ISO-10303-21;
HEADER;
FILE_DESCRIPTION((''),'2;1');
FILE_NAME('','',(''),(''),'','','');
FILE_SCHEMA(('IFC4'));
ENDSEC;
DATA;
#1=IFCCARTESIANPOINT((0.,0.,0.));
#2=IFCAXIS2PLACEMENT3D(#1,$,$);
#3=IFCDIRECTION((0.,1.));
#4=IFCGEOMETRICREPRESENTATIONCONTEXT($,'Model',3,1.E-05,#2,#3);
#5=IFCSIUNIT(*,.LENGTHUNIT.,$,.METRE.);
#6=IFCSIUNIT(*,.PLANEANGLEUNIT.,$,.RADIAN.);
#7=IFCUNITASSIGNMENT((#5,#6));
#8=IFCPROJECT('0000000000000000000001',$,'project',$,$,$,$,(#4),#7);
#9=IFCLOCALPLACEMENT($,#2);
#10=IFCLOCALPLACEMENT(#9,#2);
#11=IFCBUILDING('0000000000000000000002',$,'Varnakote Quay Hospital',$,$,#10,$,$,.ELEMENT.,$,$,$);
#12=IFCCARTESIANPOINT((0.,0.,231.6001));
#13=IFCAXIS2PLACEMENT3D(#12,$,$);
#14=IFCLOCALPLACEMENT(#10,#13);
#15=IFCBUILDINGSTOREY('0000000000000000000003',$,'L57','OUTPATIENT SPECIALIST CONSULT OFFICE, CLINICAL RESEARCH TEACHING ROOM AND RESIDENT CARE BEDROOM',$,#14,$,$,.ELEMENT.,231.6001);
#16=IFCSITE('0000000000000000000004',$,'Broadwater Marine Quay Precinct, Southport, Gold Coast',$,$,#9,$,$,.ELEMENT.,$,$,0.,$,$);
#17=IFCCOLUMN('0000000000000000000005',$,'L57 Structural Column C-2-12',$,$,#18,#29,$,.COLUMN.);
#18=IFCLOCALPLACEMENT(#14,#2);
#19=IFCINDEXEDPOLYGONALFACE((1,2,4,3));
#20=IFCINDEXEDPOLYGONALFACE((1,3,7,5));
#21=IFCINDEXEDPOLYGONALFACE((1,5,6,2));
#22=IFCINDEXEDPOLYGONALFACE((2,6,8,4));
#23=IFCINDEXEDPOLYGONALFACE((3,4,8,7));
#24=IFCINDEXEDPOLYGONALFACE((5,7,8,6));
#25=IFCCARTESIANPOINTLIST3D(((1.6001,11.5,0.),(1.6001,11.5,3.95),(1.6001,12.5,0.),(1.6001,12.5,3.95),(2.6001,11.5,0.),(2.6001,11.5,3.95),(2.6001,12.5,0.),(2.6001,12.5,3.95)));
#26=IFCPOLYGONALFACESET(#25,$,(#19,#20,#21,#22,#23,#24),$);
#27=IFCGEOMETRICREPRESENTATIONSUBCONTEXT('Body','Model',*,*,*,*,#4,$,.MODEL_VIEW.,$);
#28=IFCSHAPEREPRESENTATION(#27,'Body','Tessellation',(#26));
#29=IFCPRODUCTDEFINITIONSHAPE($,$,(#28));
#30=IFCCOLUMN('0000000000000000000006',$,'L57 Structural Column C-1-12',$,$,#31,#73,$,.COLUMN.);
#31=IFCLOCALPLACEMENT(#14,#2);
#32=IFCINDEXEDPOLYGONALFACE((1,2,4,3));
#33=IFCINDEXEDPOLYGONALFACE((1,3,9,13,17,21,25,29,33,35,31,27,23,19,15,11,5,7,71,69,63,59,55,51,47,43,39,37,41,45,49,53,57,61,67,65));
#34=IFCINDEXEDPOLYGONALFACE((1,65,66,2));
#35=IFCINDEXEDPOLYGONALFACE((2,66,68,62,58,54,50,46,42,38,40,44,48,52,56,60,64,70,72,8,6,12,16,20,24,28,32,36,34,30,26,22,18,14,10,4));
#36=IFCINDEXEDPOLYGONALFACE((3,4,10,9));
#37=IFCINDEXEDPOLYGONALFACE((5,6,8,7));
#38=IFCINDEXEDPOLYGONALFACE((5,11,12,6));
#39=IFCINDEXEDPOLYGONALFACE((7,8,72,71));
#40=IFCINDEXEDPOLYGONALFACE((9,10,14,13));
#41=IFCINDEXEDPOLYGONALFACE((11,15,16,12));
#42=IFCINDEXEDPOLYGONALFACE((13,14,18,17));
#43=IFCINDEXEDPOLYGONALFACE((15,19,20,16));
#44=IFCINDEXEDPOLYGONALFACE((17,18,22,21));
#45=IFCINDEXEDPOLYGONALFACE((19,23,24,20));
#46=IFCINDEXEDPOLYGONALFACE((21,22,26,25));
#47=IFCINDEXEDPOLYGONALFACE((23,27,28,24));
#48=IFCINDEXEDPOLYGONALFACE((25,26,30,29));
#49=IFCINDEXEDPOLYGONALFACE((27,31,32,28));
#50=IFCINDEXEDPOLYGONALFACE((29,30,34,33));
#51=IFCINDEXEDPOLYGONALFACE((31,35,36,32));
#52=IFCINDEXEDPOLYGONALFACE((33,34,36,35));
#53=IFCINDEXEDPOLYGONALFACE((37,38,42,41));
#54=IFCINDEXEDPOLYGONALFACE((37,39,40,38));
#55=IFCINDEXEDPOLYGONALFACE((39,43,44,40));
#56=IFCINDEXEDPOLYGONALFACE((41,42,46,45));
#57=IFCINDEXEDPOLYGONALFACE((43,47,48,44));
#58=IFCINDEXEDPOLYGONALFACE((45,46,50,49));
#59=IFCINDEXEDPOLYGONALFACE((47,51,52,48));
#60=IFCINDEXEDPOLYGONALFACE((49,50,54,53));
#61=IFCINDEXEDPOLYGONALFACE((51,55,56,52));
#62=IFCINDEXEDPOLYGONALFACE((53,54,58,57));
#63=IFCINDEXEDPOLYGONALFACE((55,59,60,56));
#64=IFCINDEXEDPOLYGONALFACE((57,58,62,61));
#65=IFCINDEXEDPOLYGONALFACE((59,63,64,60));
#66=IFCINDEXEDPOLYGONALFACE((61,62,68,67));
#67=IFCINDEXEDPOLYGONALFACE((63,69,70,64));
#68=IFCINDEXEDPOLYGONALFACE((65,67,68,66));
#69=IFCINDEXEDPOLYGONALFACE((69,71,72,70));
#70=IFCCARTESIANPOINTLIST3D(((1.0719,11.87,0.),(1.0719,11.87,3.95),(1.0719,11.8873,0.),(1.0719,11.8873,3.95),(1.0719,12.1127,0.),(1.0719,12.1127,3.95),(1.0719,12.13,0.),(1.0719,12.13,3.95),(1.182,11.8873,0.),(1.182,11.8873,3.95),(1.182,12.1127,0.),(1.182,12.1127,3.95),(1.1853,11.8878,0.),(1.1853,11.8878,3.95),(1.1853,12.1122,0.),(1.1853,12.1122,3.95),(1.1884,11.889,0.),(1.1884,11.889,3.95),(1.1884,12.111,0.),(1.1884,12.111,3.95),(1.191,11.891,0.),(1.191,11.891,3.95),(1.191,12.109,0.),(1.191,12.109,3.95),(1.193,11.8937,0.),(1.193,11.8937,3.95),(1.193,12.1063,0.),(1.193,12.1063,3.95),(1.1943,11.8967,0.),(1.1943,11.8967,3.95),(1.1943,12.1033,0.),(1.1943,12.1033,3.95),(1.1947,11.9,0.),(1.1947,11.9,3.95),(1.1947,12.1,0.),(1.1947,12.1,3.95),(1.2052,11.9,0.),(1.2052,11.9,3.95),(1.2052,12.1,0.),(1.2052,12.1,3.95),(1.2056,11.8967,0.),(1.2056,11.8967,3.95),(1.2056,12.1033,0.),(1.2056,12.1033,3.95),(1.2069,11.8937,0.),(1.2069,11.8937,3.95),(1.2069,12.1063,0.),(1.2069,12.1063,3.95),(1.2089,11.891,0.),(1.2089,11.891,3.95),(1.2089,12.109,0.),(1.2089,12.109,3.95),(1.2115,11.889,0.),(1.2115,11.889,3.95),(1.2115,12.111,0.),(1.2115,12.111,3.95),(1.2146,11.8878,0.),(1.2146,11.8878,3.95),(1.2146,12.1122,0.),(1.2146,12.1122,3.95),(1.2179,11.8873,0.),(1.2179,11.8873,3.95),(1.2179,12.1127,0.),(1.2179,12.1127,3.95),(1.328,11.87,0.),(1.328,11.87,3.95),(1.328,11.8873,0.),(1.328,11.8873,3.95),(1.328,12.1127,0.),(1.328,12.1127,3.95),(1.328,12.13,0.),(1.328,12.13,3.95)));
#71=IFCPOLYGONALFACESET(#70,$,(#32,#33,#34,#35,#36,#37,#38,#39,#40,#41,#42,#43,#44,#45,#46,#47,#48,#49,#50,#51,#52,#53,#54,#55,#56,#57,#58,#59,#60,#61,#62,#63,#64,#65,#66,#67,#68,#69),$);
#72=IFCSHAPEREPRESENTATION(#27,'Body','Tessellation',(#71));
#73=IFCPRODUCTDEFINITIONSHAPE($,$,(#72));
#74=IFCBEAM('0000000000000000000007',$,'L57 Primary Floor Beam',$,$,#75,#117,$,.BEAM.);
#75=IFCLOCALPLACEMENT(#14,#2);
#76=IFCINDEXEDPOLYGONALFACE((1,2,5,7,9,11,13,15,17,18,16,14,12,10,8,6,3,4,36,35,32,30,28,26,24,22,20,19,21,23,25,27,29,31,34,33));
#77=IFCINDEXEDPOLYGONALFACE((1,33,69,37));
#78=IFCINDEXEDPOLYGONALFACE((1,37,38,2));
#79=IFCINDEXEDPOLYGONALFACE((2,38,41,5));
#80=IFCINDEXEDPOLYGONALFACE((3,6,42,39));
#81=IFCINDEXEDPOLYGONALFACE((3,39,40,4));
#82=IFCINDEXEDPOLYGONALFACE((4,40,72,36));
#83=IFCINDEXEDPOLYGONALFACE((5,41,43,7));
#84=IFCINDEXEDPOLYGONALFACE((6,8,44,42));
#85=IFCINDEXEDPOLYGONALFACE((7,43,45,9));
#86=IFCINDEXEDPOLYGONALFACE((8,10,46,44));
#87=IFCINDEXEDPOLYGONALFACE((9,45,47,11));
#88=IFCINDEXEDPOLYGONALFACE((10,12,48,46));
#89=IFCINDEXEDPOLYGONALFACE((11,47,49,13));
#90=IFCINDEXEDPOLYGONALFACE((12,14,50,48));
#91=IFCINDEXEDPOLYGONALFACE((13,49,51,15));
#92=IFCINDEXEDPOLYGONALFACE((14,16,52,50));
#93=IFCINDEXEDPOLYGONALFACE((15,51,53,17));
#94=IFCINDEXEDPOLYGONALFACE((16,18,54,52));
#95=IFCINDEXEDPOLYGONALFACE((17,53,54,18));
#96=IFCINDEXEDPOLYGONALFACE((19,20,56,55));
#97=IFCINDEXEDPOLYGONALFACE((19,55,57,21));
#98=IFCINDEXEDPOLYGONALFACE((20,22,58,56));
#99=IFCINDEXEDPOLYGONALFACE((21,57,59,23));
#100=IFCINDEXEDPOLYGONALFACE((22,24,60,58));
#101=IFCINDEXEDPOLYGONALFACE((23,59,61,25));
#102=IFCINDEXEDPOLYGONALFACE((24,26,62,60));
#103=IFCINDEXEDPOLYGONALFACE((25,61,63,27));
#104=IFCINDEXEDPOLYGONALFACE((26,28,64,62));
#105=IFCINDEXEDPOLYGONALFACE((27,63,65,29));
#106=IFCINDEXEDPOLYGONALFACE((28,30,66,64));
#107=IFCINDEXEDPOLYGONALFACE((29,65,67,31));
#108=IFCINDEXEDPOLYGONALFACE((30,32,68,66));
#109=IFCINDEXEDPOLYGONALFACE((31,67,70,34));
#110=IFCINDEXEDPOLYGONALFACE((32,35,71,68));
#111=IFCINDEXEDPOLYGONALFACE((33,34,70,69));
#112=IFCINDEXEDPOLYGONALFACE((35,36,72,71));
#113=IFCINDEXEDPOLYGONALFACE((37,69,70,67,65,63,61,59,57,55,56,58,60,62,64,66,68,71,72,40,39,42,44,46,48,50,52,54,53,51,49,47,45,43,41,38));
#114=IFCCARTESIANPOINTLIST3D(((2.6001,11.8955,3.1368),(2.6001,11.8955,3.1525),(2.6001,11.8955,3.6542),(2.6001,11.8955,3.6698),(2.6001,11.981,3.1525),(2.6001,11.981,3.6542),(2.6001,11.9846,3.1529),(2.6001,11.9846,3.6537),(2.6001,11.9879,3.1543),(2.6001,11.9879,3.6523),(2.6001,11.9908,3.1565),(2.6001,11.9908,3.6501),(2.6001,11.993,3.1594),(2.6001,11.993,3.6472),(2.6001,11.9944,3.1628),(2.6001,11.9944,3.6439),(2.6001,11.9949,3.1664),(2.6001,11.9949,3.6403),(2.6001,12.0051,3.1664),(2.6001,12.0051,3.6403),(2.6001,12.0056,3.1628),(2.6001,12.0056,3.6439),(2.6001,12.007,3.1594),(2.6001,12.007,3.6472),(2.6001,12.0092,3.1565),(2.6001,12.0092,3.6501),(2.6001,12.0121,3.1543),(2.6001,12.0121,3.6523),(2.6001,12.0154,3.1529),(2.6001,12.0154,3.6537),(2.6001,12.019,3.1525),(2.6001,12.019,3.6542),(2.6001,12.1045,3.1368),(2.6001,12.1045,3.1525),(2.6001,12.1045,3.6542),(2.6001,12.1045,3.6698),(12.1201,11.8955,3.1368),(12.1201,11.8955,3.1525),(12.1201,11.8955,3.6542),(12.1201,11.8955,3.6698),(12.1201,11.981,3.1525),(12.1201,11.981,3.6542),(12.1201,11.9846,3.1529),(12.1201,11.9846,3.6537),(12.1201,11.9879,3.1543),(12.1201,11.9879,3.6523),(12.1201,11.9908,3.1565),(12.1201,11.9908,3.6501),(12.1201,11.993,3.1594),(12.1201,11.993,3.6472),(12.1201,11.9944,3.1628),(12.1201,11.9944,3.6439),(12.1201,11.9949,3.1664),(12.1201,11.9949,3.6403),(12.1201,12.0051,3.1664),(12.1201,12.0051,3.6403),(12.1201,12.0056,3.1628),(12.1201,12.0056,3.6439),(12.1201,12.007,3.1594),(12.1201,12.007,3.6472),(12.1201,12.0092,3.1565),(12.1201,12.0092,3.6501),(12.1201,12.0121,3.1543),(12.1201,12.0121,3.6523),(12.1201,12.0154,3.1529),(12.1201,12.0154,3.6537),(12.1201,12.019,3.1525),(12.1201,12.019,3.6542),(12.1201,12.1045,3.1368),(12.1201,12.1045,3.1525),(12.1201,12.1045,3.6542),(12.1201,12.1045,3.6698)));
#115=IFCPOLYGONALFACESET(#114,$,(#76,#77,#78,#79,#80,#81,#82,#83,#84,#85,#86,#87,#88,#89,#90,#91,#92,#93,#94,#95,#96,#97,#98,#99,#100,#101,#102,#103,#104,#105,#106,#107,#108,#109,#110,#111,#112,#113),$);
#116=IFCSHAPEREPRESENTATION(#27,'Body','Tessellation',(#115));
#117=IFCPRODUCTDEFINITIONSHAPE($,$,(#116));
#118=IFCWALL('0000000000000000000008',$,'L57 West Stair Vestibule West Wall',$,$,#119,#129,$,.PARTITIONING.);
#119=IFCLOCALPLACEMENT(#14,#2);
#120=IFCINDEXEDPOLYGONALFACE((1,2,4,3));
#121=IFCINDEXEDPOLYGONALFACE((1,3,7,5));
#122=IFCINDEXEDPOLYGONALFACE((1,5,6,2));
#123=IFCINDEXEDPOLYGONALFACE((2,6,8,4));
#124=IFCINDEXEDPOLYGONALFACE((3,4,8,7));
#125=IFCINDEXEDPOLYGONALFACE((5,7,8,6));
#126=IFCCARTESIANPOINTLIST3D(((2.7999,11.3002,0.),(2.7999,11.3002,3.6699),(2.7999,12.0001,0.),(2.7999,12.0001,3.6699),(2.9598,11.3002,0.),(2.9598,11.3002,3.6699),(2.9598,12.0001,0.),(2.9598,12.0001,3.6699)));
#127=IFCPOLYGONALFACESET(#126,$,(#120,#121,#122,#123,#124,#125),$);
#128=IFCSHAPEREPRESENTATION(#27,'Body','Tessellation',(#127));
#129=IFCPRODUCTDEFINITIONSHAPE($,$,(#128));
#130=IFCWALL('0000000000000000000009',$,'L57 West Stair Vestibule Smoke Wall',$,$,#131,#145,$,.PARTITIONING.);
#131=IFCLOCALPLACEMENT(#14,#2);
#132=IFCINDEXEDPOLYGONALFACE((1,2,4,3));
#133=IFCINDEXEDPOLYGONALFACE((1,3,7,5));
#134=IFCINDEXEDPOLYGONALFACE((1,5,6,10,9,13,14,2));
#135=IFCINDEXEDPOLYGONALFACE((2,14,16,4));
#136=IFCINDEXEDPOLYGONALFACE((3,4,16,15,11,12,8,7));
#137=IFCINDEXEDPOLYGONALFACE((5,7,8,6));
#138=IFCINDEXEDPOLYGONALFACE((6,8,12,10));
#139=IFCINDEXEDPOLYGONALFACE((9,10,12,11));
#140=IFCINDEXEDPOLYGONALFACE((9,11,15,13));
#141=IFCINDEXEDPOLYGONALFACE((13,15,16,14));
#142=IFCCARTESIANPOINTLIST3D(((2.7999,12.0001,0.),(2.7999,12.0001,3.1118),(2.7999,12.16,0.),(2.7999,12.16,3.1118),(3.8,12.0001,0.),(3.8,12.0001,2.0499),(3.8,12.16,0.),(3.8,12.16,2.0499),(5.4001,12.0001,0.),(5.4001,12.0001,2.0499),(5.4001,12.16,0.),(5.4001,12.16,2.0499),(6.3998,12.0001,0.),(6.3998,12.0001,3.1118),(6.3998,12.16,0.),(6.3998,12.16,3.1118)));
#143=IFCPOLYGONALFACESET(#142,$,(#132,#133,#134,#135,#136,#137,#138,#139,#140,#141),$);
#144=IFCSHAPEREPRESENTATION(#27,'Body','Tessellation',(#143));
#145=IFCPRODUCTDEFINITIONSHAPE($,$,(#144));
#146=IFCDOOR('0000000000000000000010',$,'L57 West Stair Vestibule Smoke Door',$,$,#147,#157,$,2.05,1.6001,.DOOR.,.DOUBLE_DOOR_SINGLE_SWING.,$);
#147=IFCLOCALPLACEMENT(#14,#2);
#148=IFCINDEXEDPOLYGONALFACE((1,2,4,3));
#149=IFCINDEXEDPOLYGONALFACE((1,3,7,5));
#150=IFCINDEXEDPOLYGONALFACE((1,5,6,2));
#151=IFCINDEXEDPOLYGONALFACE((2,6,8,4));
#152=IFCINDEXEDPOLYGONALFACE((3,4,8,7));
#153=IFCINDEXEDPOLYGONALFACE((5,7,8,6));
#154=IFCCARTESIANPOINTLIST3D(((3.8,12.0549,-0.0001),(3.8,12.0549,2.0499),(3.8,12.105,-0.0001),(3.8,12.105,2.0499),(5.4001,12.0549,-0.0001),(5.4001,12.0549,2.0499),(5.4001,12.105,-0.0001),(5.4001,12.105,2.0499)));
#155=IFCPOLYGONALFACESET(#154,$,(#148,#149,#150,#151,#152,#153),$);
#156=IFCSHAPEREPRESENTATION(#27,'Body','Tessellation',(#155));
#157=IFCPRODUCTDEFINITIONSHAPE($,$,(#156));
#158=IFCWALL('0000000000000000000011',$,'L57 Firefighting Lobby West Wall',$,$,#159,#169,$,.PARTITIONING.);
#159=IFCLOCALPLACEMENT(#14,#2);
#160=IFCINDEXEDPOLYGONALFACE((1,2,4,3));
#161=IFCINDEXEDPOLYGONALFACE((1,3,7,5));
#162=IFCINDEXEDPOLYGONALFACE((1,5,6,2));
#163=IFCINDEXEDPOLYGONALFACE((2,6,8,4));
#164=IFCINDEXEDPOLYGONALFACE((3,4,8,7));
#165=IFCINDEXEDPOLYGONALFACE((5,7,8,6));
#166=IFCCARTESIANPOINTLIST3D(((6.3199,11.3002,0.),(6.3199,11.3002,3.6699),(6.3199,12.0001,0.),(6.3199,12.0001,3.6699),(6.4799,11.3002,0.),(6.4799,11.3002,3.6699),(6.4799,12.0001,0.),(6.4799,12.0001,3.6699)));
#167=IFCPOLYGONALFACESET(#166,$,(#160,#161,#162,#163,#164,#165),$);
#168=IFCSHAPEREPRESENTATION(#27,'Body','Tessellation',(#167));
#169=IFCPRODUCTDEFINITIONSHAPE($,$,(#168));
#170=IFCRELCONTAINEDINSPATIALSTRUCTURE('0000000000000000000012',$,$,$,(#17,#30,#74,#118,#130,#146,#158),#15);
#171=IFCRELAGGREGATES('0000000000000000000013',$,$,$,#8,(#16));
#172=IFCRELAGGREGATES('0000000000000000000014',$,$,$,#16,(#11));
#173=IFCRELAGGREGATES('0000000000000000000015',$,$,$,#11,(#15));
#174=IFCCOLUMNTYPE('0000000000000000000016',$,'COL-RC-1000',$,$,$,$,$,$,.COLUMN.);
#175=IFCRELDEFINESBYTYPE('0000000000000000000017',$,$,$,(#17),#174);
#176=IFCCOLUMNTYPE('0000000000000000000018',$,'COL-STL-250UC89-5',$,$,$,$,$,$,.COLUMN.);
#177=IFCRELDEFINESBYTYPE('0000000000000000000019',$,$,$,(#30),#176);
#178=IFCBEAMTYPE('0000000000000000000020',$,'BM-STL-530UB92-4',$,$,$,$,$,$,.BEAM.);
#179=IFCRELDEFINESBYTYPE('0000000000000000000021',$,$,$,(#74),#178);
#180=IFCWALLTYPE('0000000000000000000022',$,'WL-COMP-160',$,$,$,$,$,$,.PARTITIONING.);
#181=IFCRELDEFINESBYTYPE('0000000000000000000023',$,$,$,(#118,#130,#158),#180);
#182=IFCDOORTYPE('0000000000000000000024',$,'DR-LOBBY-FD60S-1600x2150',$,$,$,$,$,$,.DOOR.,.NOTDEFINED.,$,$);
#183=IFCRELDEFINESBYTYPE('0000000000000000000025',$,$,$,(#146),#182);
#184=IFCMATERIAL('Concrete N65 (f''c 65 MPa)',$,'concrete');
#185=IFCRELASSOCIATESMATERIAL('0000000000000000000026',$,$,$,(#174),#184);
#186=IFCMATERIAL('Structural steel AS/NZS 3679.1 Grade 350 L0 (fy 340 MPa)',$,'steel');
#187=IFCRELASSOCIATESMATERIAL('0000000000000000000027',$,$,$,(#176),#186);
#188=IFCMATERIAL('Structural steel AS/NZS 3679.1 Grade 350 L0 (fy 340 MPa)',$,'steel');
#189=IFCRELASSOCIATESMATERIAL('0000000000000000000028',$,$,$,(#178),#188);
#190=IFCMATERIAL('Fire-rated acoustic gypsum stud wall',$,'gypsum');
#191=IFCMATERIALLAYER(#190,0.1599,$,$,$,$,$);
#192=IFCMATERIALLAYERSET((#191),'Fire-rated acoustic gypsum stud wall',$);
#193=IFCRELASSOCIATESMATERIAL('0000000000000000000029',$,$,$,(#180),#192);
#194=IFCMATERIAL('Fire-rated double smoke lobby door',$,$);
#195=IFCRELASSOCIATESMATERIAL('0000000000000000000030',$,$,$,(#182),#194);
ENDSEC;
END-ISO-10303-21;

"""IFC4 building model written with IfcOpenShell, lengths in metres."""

from ifc_helpers import new_model, si_unit, direction, frame, frame_2d, origin, origin_2d, place, context, subcontext, project, spatial, rectangle, i_section, extrude, material, layer, layer_set, material_profile, profile_set, type_object, element, fill, save


model = new_model("IFC4")

# Units and contexts
model_context = context("Model", 3, precision=1e-05, world=origin(), true_north=direction((0.0, 1.0)))
body_context = subcontext(model_context, "Body", "Model", "MODEL_VIEW")
ifc_project = project(units=[si_unit("LENGTHUNIT", "METRE"), si_unit("PLANEANGLEUNIT", "RADIAN")], contexts=[model_context])

# Site, building, storey
site_placement = place(None, origin())
site = spatial("IfcSite", under=ifc_project, at=site_placement, Name="Broadwater Marine Quay Precinct, Southport, Gold Coast", CompositionType="ELEMENT", RefElevation=0.0)
building_placement = place(site_placement, origin())
building = spatial("IfcBuilding", under=site, at=building_placement, Name="Varnakote Quay Hospital", CompositionType="ELEMENT")
storey_placement = place(building_placement, frame((0.0, 0.0, 231.6001)))
storey = spatial("IfcBuildingStorey", under=building, at=storey_placement, Name="L57", Description="OUTPATIENT SPECIALIST CONSULT OFFICE, CLINICAL RESEARCH TEACHING ROOM AND RESIDENT CARE BEDROOM", CompositionType="ELEMENT", Elevation=231.6001)

# Columns
ifc_material_1 = material(Name="Concrete N65 (f'c 65 MPa)", Category="concrete")
ifc_material_profile_1 = material_profile(ifc_material_1, rectangle(XDim=1.0, YDim=1.0, at=origin_2d()), Name="RC-COL-1000x1000")
ifc_profile_set_1 = profile_set([ifc_material_profile_1], Name="Concrete N65 (f'c 65 MPa)")
column_type_1 = type_object("IfcColumnType", Name="COL-RC-1000", PredefinedType="COLUMN", material=ifc_profile_set_1)
column_1_placement = place(storey_placement, frame((2.1001, 12.0, 0.0), z_axis=(0.0, 0.0, 1.0), x_axis=(1.0, 0.0, 0.0)))
element("IfcColumn", 1, at=column_1_placement, inside=storey, type_object=column_type_1, Name="L57 Structural Column C-2-12", PredefinedType="COLUMN", context=body_context, shape_type="SweptSolid", body=[
    extrude(rectangle(XDim=1.0, YDim=1.0, at=origin_2d()), origin(), (0.0, 0.0, 1.0), 3.95),
])
ifc_material_2 = material(Name="Structural steel AS/NZS 3679.1 Grade 350 L0 (fy 340 MPa)", Category="steel")
ifc_material_profile_2 = material_profile(ifc_material_2, i_section(OverallWidth=0.2561, OverallDepth=0.26, WebThickness=0.0105, FlangeThickness=0.0173, FilletRadius=0.0127, at=origin_2d()), Name="250UC89.5")
ifc_profile_set_2 = profile_set([ifc_material_profile_2], Name="Structural steel AS/NZS 3679.1 Grade 350 L0 (fy 340 MPa)")
column_type_2 = type_object("IfcColumnType", Name="COL-STL-250UC89-5", PredefinedType="COLUMN", material=ifc_profile_set_2)
column_2_placement = place(storey_placement, frame((1.2, 12.0, 0.0), z_axis=(0.0, 0.0, 1.0), x_axis=(1.0, 0.0, 0.0)))
element("IfcColumn", 2, at=column_2_placement, inside=storey, type_object=column_type_2, Name="L57 Structural Column C-1-12", PredefinedType="COLUMN", context=body_context, shape_type="SweptSolid", body=[
    extrude(i_section(OverallWidth=0.2561, OverallDepth=0.26, WebThickness=0.0105, FlangeThickness=0.0173, FilletRadius=0.0127, at=origin_2d()), origin(), (0.0, 0.0, 1.0), 3.95),
])

# Beam
ifc_material_3 = material(Name="Structural steel AS/NZS 3679.1 Grade 350 L0 (fy 340 MPa)", Category="steel")
ifc_material_profile_3 = material_profile(ifc_material_3, i_section(OverallWidth=0.209, OverallDepth=0.533, WebThickness=0.0103, FlangeThickness=0.0156, FilletRadius=0.0139, at=origin_2d()), Name="530UB92.4")
ifc_profile_set_3 = profile_set([ifc_material_profile_3], Name="Structural steel AS/NZS 3679.1 Grade 350 L0 (fy 340 MPa)")
beam_type = type_object("IfcBeamType", Name="BM-STL-530UB92-4", PredefinedType="BEAM", material=ifc_profile_set_3)
beam_placement = place(storey_placement, frame((2.6001, 12.0, 3.4033), z_axis=(1.0, 0.0, 0.0), x_axis=(0.0, 1.0, 0.0)))
element("IfcBeam", 3, at=beam_placement, inside=storey, type_object=beam_type, Name="L57 Primary Floor Beam", PredefinedType="BEAM", context=body_context, shape_type="SweptSolid", body=[
    extrude(i_section(OverallWidth=0.209, OverallDepth=0.533, WebThickness=0.0103, FlangeThickness=0.0156, FilletRadius=0.0139, at=origin_2d()), origin(), (0.0, 0.0, 1.0), 9.52),
])

# Wall
ifc_material_4 = material(Name="Fire-rated acoustic gypsum stud wall", Category="gypsum")
ifc_layer_1 = layer(ifc_material_4, 0.1599)
ifc_layer_set_1 = layer_set([ifc_layer_1], Name="Fire-rated acoustic gypsum stud wall")
wall_type_1 = type_object("IfcWallType", Name="WL-COMP-160", PredefinedType="PARTITIONING", material=ifc_layer_set_1)
wall_1_placement = place(storey_placement, frame((2.8799, 11.3, 0.0), z_axis=(0.0, 0.0, 1.0), x_axis=(0.0, 1.0, 0.0)))
element("IfcWall", 4, at=wall_1_placement, inside=storey, type_object=wall_type_1, Name="L57 West Stair Vestibule West Wall", PredefinedType="PARTITIONING", context=body_context, shape_type="SweptSolid", body=[
    extrude(rectangle(XDim=0.7, YDim=0.1599, at=frame_2d((0.3501, 0.0))), origin(), (0.0, 0.0, 1.0), 3.6699),
])

# Wall, opening, door
wall_2_placement = place(storey_placement, frame((2.8, 12.0801, 0.0), z_axis=(0.0, 0.0, 1.0), x_axis=(1.0, 0.0, 0.0)))
wall_2 = element("IfcWall", 5, at=wall_2_placement, inside=storey, type_object=wall_type_1, Name="L57 West Stair Vestibule Smoke Wall", PredefinedType="PARTITIONING", context=body_context, shape_type="SweptSolid", body=[
    extrude(rectangle(XDim=3.5999, YDim=0.1599, at=frame_2d((1.7998, 0.0))), origin(), (0.0, 0.0, 1.0), 3.1118),
])
opening_1_placement = place(wall_2_placement, frame((1.0, 0.0, 0.0)))
opening_1 = element("IfcOpeningElement", 6, at=opening_1_placement, cuts=wall_2, PredefinedType="OPENING", context=body_context, shape_type="SweptSolid", body=[
    extrude(rectangle(XDim=1.6001, YDim=2.05, at=frame_2d((0.8, 1.0249))), frame((0.0, 0.0898, 0.0), z_axis=(0.0, -1.0, 0.0), x_axis=(1.0, 0.0, 0.0)), (0.0, 0.0, 1.0), 0.1799),
])
ifc_material_5 = material(Name="Fire-rated double smoke lobby door")
door_type_1 = type_object("IfcDoorType", Name="DR-LOBBY-FD60S-1600x2150", OperationType="NOTDEFINED", PredefinedType="DOOR", material=ifc_material_5)
door_1_placement = place(opening_1_placement, origin())
door_1 = element("IfcDoor", 7, at=door_1_placement, inside=storey, type_object=door_type_1, Name="L57 West Stair Vestibule Smoke Door", OperationType="DOUBLE_DOOR_SINGLE_SWING", OverallHeight=2.05, OverallWidth=1.6001, PredefinedType="DOOR", context=body_context, shape_type="SweptSolid", body=[
    extrude(rectangle(XDim=1.6001, YDim=2.05, at=frame_2d((0.8, 1.0249))), frame((0.0, 0.0249, 0.0), z_axis=(0.0, -1.0, 0.0), x_axis=(1.0, 0.0, 0.0)), (0.0, 0.0, 1.0), 0.05),
])
fill(opening_1, door_1)

# Wall
wall_3_placement = place(storey_placement, frame((6.3999, 11.3, 0.0), z_axis=(0.0, 0.0, 1.0), x_axis=(0.0, 1.0, 0.0)))
element("IfcWall", 8, at=wall_3_placement, inside=storey, type_object=wall_type_1, Name="L57 Firefighting Lobby West Wall", PredefinedType="PARTITIONING", context=body_context, shape_type="SweptSolid", body=[
    extrude(rectangle(XDim=0.7, YDim=0.1599, at=frame_2d((0.3501, 0.0))), origin(), (0.0, 0.0, 1.0), 3.6699),
])

save(model, "model.ifc")
